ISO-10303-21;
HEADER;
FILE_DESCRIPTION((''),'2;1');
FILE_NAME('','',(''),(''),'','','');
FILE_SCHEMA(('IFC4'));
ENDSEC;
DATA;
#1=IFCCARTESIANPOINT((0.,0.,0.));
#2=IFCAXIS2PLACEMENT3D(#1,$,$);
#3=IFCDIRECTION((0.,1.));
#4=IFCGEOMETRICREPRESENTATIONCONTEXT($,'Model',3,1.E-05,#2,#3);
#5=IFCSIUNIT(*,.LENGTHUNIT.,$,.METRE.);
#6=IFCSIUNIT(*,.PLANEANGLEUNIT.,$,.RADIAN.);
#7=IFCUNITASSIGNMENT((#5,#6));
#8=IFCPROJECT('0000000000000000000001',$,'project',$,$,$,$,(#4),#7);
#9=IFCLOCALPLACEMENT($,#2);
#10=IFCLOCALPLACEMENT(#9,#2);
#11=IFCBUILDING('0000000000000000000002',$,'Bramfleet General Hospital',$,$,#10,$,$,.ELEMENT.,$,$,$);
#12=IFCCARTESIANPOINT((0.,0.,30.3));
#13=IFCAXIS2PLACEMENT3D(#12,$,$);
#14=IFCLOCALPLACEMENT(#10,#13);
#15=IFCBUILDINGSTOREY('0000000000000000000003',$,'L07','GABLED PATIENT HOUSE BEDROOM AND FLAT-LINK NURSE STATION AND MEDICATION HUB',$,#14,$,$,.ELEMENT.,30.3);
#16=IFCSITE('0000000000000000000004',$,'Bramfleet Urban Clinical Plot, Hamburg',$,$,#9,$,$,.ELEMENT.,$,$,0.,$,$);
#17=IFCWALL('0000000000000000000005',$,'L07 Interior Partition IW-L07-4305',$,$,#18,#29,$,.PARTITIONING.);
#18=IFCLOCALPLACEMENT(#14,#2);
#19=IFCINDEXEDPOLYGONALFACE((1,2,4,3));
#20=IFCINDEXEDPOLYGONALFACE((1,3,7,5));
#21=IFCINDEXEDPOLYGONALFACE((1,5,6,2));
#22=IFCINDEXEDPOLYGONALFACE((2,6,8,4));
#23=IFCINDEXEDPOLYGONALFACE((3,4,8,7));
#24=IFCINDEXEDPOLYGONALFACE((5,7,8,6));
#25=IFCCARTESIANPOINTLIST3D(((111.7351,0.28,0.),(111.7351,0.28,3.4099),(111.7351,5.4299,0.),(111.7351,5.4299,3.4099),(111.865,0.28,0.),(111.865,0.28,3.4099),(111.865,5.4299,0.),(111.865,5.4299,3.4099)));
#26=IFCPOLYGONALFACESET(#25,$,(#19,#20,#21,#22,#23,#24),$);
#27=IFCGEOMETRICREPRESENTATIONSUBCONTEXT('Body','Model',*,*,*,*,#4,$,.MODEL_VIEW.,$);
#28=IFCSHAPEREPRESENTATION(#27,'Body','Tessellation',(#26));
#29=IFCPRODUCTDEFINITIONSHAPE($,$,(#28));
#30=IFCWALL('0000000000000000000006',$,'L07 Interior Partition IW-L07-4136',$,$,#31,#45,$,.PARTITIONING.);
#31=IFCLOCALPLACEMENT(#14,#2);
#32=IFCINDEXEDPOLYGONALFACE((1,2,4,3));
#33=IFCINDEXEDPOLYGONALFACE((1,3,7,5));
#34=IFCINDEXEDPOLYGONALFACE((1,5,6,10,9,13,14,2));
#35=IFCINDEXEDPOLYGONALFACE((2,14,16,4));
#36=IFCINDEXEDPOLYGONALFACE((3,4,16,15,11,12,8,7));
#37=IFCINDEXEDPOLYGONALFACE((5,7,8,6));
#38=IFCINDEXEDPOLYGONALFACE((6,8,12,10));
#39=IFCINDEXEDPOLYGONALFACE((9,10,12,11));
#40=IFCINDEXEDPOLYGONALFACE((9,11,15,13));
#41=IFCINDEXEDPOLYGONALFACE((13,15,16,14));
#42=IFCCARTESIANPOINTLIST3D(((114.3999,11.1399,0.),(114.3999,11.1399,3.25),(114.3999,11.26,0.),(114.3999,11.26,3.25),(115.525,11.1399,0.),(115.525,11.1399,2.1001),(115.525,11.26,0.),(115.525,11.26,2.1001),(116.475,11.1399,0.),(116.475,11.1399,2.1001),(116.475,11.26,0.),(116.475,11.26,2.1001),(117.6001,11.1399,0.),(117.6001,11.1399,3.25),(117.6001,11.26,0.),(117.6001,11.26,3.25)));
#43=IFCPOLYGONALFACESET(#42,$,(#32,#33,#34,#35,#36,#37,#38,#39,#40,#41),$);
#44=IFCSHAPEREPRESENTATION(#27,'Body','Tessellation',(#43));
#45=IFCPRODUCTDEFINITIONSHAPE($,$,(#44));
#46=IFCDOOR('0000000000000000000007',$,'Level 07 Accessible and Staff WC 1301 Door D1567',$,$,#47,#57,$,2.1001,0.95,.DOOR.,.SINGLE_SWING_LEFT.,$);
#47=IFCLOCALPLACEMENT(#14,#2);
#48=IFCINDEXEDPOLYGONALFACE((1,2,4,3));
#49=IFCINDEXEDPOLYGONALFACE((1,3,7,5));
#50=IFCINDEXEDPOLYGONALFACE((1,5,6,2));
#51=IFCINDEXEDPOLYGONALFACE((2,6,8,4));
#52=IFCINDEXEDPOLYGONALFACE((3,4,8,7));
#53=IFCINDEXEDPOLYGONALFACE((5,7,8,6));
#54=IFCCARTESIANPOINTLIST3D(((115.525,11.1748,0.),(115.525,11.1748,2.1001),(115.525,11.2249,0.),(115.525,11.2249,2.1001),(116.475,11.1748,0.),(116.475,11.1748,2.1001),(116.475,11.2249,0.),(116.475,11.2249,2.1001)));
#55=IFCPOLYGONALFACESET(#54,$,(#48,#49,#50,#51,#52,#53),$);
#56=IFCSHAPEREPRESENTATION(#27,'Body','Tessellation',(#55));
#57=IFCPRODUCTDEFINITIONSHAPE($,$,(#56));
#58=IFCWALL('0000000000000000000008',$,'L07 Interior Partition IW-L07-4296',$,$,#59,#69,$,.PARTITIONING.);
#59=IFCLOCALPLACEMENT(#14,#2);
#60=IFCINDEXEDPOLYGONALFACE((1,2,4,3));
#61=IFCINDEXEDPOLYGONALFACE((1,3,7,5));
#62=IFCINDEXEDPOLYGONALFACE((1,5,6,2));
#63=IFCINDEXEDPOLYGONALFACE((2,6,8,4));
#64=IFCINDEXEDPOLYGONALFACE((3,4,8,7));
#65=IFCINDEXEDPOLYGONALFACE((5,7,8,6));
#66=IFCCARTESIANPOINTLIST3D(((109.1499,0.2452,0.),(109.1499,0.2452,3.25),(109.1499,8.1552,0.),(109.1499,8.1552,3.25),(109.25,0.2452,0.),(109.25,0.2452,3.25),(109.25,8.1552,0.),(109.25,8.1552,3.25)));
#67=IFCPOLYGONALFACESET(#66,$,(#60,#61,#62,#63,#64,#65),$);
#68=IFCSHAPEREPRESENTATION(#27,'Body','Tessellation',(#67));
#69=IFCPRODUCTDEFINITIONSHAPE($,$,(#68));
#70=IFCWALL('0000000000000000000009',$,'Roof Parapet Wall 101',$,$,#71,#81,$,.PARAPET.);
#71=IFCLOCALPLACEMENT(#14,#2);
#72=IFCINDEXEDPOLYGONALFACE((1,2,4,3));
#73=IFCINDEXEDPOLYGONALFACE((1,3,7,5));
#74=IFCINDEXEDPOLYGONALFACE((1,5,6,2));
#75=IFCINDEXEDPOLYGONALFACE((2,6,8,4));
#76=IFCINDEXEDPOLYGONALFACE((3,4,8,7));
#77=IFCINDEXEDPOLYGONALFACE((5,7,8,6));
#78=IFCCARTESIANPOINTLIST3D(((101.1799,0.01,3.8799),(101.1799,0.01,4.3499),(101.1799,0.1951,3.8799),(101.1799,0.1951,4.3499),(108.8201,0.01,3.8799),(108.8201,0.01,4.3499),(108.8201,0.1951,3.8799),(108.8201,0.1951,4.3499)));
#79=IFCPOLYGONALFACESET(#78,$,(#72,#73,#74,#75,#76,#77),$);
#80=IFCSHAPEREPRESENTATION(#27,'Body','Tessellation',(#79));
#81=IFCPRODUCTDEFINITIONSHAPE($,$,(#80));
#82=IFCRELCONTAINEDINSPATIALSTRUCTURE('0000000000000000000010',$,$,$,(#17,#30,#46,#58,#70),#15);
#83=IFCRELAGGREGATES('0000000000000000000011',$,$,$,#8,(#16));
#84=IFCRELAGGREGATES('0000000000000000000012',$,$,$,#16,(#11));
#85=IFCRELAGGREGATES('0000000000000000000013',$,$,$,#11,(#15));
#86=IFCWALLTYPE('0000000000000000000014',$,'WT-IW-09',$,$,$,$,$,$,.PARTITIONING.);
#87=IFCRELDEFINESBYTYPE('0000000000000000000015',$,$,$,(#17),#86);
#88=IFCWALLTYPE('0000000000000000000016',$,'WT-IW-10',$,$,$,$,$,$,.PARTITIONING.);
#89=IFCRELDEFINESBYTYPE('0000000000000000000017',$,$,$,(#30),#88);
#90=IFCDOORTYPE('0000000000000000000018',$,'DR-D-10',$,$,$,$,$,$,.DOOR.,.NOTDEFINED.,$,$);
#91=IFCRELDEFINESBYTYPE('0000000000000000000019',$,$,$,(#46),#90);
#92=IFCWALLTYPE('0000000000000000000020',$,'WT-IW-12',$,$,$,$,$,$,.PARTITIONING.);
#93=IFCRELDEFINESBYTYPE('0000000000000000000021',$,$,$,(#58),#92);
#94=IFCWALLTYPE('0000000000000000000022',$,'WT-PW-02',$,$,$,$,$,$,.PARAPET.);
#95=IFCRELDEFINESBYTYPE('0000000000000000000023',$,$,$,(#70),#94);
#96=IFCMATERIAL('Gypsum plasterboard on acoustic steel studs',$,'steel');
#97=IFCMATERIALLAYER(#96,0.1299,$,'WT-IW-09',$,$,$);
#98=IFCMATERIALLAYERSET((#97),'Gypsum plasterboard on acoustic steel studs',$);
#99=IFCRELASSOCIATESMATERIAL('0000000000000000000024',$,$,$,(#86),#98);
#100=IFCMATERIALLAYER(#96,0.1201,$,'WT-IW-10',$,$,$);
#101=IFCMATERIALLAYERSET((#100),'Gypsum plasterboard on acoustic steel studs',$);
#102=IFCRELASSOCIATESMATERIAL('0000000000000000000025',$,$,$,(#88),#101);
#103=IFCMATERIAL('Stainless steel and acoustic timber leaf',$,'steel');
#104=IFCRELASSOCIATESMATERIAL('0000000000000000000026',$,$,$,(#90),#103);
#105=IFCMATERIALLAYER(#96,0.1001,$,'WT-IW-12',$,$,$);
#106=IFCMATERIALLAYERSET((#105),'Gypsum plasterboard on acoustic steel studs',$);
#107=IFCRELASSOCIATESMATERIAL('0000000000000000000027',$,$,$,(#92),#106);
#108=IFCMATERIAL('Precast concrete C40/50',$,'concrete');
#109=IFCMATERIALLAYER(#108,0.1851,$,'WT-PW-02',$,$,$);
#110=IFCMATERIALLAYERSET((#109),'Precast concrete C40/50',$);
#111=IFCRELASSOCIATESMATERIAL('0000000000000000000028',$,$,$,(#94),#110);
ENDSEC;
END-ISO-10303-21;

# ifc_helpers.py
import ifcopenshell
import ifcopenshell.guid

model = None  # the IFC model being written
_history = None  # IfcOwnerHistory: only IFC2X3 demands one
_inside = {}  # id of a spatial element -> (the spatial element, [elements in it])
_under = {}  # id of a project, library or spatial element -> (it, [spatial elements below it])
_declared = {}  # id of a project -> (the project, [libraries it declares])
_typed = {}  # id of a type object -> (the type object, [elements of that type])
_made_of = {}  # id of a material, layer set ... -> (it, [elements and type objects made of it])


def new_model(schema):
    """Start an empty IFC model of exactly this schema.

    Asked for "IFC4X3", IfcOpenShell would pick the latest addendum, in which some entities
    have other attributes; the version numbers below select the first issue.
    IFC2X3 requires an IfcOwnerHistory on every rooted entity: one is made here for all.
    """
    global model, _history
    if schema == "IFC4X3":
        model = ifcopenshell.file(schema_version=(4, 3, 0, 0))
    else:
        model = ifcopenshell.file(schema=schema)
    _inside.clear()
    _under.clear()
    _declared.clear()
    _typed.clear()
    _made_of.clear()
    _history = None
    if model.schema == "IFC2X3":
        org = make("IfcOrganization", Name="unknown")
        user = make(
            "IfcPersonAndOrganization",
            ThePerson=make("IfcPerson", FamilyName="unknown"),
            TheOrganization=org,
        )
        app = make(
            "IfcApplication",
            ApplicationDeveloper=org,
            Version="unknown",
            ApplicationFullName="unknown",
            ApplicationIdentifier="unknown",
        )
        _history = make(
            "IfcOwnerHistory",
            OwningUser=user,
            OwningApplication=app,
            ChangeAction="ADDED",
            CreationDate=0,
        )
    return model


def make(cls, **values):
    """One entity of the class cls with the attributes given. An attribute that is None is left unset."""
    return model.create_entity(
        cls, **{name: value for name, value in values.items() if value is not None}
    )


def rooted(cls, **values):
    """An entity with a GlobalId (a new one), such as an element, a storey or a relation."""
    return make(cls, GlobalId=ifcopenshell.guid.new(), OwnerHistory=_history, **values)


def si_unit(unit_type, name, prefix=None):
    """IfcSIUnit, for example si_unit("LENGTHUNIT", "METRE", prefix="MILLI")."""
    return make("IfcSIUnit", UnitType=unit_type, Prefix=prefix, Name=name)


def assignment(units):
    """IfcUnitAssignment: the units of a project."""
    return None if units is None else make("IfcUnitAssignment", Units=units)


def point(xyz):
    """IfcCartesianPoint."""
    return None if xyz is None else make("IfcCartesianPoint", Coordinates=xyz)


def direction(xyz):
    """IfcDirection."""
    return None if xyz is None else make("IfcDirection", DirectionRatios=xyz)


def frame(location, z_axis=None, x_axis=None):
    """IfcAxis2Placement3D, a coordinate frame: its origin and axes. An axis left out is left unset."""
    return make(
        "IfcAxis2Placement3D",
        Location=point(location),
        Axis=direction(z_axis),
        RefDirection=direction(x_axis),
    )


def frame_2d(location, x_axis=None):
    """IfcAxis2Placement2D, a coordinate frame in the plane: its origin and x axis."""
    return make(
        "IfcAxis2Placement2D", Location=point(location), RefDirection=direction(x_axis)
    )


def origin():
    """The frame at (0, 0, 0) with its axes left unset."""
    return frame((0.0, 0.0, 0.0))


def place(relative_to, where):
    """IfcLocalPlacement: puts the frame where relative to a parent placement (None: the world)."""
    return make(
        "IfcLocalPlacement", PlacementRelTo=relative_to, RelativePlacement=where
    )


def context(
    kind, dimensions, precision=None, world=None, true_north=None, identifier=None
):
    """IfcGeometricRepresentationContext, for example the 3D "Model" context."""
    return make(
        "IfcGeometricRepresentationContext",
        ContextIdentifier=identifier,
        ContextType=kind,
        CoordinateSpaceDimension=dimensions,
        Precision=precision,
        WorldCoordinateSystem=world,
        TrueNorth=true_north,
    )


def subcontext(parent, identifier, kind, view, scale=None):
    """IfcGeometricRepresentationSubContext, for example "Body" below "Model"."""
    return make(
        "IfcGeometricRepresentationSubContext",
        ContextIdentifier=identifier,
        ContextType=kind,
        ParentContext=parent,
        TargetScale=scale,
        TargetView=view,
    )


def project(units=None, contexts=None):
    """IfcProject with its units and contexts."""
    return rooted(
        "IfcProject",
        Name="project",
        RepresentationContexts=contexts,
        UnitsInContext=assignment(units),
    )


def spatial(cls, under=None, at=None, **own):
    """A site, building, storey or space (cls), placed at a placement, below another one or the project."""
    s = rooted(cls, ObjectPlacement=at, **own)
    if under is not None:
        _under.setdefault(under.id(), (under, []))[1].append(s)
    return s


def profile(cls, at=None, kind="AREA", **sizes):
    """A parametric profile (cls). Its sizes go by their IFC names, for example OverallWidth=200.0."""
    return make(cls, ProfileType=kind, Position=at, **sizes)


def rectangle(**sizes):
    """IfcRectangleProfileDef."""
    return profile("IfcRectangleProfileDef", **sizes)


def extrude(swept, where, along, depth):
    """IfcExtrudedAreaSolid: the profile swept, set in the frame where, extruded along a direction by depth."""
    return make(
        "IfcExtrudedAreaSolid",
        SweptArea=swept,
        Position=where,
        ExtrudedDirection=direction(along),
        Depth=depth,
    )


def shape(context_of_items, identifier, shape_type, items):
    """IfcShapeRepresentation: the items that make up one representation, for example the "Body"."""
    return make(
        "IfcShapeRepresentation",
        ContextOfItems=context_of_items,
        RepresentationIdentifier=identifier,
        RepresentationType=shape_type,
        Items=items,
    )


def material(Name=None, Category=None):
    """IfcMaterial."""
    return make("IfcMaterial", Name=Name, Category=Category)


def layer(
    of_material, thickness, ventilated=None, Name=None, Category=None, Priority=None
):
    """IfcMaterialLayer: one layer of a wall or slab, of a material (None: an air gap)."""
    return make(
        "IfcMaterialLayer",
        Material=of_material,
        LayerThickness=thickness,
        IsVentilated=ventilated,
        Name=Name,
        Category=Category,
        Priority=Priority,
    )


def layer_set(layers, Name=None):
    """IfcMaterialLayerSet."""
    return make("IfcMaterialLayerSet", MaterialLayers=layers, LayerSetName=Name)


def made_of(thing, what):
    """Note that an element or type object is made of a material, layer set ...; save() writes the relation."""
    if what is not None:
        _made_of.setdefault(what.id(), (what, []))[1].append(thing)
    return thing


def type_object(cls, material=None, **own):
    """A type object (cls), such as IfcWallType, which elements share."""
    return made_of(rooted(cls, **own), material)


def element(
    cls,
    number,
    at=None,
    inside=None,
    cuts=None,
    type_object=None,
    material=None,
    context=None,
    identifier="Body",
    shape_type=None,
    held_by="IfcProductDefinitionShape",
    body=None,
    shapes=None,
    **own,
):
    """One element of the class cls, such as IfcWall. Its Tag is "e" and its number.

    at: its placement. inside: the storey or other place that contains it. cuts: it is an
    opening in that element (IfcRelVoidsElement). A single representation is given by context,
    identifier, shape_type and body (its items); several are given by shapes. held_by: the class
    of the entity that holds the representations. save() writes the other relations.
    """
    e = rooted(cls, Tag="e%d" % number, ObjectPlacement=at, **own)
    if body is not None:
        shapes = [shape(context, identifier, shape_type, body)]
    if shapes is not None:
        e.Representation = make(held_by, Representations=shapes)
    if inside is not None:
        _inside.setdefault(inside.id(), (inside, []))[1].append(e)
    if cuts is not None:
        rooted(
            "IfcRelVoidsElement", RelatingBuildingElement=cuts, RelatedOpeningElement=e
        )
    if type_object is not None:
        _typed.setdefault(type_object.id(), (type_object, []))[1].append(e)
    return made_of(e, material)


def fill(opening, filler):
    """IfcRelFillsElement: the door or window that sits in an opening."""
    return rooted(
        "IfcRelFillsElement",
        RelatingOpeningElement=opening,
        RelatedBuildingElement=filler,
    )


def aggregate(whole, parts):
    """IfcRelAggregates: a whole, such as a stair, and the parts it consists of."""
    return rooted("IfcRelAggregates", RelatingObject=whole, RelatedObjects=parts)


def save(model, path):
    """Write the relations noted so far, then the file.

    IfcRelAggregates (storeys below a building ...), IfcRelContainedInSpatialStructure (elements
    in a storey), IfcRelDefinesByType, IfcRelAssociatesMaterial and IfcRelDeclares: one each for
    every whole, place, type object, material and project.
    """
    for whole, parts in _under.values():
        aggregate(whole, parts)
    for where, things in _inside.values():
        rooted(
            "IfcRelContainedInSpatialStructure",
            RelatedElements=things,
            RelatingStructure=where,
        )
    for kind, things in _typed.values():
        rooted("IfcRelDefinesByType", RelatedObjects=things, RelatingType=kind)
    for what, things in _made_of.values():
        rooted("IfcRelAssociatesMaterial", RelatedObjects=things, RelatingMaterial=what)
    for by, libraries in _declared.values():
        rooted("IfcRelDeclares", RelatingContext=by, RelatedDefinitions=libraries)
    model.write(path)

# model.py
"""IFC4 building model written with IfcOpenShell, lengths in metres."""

from ifc_helpers import new_model, si_unit, direction, frame, frame_2d, origin, place, context, subcontext, project, spatial, rectangle, extrude, material, layer, layer_set, type_object, element, fill, save


model = new_model("IFC4")

# Units and contexts
model_context = context("Model", 3, precision=1e-05, world=origin(), true_north=direction((0.0, 1.0)))
body_context = subcontext(model_context, "Body", "Model", "MODEL_VIEW")
ifc_project = project(units=[si_unit("LENGTHUNIT", "METRE"), si_unit("PLANEANGLEUNIT", "RADIAN")], contexts=[model_context])

# Site, building, storey
site_placement = place(None, origin())
site = spatial("IfcSite", under=ifc_project, at=site_placement, Name="Bramfleet Urban Clinical Plot, Hamburg", CompositionType="ELEMENT", RefElevation=0.0)
building_placement = place(site_placement, origin())
building = spatial("IfcBuilding", under=site, at=building_placement, Name="Bramfleet General Hospital", CompositionType="ELEMENT")
storey_placement = place(building_placement, frame((0.0, 0.0, 30.3)))
storey = spatial("IfcBuildingStorey", under=building, at=storey_placement, Name="L07", Description="GABLED PATIENT HOUSE BEDROOM AND FLAT-LINK NURSE STATION AND MEDICATION HUB", CompositionType="ELEMENT", Elevation=30.3)

# Shared definitions
ifc_material_1 = material(Name="Stainless steel and acoustic timber leaf", Category="steel")

# Shared definitions
ifc_material_2 = material(Name="Gypsum plasterboard on acoustic steel studs", Category="steel")

# Wall
ifc_layer_1 = layer(ifc_material_2, 0.1299, Name="WT-IW-09")
ifc_layer_set_1 = layer_set([ifc_layer_1], Name="Gypsum plasterboard on acoustic steel studs")
wall_type_1 = type_object("IfcWallType", Name="WT-IW-09", PredefinedType="PARTITIONING", material=ifc_layer_set_1)
wall_1_placement = place(storey_placement, frame((111.8, 0.28, 0.0), z_axis=(0.0, 0.0, 1.0), x_axis=(0.0, 1.0, 0.0)))
element("IfcWall", 1, at=wall_1_placement, inside=storey, type_object=wall_type_1, Name="L07 Interior Partition IW-L07-4305", PredefinedType="PARTITIONING", context=body_context, shape_type="SweptSolid", body=[
    extrude(rectangle(XDim=5.1499, YDim=0.1299, at=frame_2d((2.575, 0.0))), origin(), (0.0, 0.0, 1.0), 3.4099),
])

# Wall, opening, door
ifc_layer_2 = layer(ifc_material_2, 0.1201, Name="WT-IW-10")
ifc_layer_set_2 = layer_set([ifc_layer_2], Name="Gypsum plasterboard on acoustic steel studs")
wall_type_2 = type_object("IfcWallType", Name="WT-IW-10", PredefinedType="PARTITIONING", material=ifc_layer_set_2)
wall_2_placement = place(storey_placement, frame((114.3999, 11.2, 0.0), z_axis=(0.0, 0.0, 1.0), x_axis=(1.0, 0.0, 0.0)))
wall_2 = element("IfcWall", 2, at=wall_2_placement, inside=storey, type_object=wall_type_2, Name="L07 Interior Partition IW-L07-4136", PredefinedType="PARTITIONING", context=body_context, shape_type="SweptSolid", body=[
    extrude(rectangle(XDim=3.2002, YDim=0.1201, at=frame_2d((1.6001, 0.0))), origin(), (0.0, 0.0, 1.0), 3.25),
])
opening_1_placement = place(wall_2_placement, frame((1.125, 0.0, 0.0)))
opening_1 = element("IfcOpeningElement", 3, at=opening_1_placement, cuts=wall_2, PredefinedType="OPENING", context=body_context, shape_type="SweptSolid", body=[
    extrude(rectangle(XDim=0.95, YDim=2.1001, at=frame_2d((0.4751, 1.05))), frame((0.0, 0.0701, 0.0), z_axis=(0.0, -1.0, 0.0), x_axis=(1.0, 0.0, 0.0)), (0.0, 0.0, 1.0), 0.1401),
])
door_type_1 = type_object("IfcDoorType", Name="DR-D-10", OperationType="NOTDEFINED", PredefinedType="DOOR", material=ifc_material_1)
door_1_placement = place(opening_1_placement, origin())
door_1 = element("IfcDoor", 4, at=door_1_placement, inside=storey, type_object=door_type_1, Name="Level 07 Accessible and Staff WC 1301 Door D1567", OperationType="SINGLE_SWING_LEFT", OverallHeight=2.1001, OverallWidth=0.95, PredefinedType="DOOR", context=body_context, shape_type="SweptSolid", body=[
    extrude(rectangle(XDim=0.95, YDim=2.1001, at=frame_2d((0.4751, 1.05))), frame((0.0, 0.0249, 0.0), z_axis=(0.0, -1.0, 0.0), x_axis=(1.0, 0.0, 0.0)), (0.0, 0.0, 1.0), 0.05),
])
fill(opening_1, door_1)

# Walls
ifc_layer_3 = layer(ifc_material_2, 0.1001, Name="WT-IW-12")
ifc_layer_set_3 = layer_set([ifc_layer_3], Name="Gypsum plasterboard on acoustic steel studs")
wall_type_3 = type_object("IfcWallType", Name="WT-IW-12", PredefinedType="PARTITIONING", material=ifc_layer_set_3)
wall_3_placement = place(storey_placement, frame((109.2, 0.2451, 0.0), z_axis=(0.0, 0.0, 1.0), x_axis=(0.0, 1.0, 0.0)))
element("IfcWall", 5, at=wall_3_placement, inside=storey, type_object=wall_type_3, Name="L07 Interior Partition IW-L07-4296", PredefinedType="PARTITIONING", context=body_context, shape_type="SweptSolid", body=[
    extrude(rectangle(XDim=7.9099, YDim=0.1001, at=frame_2d((3.9551, 0.0))), origin(), (0.0, 0.0, 1.0), 3.25),
])
ifc_material_3 = material(Name="Precast concrete C40/50", Category="concrete")
ifc_layer_4 = layer(ifc_material_3, 0.1851, Name="WT-PW-02")
ifc_layer_set_4 = layer_set([ifc_layer_4], Name="Precast concrete C40/50")
wall_type_4 = type_object("IfcWallType", Name="WT-PW-02", PredefinedType="PARAPET", material=ifc_layer_set_4)
wall_4_placement = place(storey_placement, frame((108.8201, 0.1025, 3.8799), z_axis=(0.0, 0.0, 1.0), x_axis=(-1.0, 0.0, 0.0)))
element("IfcWall", 6, at=wall_4_placement, inside=storey, type_object=wall_type_4, Name="Roof Parapet Wall 101", PredefinedType="PARAPET", context=body_context, shape_type="SweptSolid", body=[
    extrude(rectangle(XDim=7.6401, YDim=0.1851, at=frame_2d((3.8201, 0.0))), origin(), (0.0, 0.0, 1.0), 0.47),
])

save(model, "model.ifc")
